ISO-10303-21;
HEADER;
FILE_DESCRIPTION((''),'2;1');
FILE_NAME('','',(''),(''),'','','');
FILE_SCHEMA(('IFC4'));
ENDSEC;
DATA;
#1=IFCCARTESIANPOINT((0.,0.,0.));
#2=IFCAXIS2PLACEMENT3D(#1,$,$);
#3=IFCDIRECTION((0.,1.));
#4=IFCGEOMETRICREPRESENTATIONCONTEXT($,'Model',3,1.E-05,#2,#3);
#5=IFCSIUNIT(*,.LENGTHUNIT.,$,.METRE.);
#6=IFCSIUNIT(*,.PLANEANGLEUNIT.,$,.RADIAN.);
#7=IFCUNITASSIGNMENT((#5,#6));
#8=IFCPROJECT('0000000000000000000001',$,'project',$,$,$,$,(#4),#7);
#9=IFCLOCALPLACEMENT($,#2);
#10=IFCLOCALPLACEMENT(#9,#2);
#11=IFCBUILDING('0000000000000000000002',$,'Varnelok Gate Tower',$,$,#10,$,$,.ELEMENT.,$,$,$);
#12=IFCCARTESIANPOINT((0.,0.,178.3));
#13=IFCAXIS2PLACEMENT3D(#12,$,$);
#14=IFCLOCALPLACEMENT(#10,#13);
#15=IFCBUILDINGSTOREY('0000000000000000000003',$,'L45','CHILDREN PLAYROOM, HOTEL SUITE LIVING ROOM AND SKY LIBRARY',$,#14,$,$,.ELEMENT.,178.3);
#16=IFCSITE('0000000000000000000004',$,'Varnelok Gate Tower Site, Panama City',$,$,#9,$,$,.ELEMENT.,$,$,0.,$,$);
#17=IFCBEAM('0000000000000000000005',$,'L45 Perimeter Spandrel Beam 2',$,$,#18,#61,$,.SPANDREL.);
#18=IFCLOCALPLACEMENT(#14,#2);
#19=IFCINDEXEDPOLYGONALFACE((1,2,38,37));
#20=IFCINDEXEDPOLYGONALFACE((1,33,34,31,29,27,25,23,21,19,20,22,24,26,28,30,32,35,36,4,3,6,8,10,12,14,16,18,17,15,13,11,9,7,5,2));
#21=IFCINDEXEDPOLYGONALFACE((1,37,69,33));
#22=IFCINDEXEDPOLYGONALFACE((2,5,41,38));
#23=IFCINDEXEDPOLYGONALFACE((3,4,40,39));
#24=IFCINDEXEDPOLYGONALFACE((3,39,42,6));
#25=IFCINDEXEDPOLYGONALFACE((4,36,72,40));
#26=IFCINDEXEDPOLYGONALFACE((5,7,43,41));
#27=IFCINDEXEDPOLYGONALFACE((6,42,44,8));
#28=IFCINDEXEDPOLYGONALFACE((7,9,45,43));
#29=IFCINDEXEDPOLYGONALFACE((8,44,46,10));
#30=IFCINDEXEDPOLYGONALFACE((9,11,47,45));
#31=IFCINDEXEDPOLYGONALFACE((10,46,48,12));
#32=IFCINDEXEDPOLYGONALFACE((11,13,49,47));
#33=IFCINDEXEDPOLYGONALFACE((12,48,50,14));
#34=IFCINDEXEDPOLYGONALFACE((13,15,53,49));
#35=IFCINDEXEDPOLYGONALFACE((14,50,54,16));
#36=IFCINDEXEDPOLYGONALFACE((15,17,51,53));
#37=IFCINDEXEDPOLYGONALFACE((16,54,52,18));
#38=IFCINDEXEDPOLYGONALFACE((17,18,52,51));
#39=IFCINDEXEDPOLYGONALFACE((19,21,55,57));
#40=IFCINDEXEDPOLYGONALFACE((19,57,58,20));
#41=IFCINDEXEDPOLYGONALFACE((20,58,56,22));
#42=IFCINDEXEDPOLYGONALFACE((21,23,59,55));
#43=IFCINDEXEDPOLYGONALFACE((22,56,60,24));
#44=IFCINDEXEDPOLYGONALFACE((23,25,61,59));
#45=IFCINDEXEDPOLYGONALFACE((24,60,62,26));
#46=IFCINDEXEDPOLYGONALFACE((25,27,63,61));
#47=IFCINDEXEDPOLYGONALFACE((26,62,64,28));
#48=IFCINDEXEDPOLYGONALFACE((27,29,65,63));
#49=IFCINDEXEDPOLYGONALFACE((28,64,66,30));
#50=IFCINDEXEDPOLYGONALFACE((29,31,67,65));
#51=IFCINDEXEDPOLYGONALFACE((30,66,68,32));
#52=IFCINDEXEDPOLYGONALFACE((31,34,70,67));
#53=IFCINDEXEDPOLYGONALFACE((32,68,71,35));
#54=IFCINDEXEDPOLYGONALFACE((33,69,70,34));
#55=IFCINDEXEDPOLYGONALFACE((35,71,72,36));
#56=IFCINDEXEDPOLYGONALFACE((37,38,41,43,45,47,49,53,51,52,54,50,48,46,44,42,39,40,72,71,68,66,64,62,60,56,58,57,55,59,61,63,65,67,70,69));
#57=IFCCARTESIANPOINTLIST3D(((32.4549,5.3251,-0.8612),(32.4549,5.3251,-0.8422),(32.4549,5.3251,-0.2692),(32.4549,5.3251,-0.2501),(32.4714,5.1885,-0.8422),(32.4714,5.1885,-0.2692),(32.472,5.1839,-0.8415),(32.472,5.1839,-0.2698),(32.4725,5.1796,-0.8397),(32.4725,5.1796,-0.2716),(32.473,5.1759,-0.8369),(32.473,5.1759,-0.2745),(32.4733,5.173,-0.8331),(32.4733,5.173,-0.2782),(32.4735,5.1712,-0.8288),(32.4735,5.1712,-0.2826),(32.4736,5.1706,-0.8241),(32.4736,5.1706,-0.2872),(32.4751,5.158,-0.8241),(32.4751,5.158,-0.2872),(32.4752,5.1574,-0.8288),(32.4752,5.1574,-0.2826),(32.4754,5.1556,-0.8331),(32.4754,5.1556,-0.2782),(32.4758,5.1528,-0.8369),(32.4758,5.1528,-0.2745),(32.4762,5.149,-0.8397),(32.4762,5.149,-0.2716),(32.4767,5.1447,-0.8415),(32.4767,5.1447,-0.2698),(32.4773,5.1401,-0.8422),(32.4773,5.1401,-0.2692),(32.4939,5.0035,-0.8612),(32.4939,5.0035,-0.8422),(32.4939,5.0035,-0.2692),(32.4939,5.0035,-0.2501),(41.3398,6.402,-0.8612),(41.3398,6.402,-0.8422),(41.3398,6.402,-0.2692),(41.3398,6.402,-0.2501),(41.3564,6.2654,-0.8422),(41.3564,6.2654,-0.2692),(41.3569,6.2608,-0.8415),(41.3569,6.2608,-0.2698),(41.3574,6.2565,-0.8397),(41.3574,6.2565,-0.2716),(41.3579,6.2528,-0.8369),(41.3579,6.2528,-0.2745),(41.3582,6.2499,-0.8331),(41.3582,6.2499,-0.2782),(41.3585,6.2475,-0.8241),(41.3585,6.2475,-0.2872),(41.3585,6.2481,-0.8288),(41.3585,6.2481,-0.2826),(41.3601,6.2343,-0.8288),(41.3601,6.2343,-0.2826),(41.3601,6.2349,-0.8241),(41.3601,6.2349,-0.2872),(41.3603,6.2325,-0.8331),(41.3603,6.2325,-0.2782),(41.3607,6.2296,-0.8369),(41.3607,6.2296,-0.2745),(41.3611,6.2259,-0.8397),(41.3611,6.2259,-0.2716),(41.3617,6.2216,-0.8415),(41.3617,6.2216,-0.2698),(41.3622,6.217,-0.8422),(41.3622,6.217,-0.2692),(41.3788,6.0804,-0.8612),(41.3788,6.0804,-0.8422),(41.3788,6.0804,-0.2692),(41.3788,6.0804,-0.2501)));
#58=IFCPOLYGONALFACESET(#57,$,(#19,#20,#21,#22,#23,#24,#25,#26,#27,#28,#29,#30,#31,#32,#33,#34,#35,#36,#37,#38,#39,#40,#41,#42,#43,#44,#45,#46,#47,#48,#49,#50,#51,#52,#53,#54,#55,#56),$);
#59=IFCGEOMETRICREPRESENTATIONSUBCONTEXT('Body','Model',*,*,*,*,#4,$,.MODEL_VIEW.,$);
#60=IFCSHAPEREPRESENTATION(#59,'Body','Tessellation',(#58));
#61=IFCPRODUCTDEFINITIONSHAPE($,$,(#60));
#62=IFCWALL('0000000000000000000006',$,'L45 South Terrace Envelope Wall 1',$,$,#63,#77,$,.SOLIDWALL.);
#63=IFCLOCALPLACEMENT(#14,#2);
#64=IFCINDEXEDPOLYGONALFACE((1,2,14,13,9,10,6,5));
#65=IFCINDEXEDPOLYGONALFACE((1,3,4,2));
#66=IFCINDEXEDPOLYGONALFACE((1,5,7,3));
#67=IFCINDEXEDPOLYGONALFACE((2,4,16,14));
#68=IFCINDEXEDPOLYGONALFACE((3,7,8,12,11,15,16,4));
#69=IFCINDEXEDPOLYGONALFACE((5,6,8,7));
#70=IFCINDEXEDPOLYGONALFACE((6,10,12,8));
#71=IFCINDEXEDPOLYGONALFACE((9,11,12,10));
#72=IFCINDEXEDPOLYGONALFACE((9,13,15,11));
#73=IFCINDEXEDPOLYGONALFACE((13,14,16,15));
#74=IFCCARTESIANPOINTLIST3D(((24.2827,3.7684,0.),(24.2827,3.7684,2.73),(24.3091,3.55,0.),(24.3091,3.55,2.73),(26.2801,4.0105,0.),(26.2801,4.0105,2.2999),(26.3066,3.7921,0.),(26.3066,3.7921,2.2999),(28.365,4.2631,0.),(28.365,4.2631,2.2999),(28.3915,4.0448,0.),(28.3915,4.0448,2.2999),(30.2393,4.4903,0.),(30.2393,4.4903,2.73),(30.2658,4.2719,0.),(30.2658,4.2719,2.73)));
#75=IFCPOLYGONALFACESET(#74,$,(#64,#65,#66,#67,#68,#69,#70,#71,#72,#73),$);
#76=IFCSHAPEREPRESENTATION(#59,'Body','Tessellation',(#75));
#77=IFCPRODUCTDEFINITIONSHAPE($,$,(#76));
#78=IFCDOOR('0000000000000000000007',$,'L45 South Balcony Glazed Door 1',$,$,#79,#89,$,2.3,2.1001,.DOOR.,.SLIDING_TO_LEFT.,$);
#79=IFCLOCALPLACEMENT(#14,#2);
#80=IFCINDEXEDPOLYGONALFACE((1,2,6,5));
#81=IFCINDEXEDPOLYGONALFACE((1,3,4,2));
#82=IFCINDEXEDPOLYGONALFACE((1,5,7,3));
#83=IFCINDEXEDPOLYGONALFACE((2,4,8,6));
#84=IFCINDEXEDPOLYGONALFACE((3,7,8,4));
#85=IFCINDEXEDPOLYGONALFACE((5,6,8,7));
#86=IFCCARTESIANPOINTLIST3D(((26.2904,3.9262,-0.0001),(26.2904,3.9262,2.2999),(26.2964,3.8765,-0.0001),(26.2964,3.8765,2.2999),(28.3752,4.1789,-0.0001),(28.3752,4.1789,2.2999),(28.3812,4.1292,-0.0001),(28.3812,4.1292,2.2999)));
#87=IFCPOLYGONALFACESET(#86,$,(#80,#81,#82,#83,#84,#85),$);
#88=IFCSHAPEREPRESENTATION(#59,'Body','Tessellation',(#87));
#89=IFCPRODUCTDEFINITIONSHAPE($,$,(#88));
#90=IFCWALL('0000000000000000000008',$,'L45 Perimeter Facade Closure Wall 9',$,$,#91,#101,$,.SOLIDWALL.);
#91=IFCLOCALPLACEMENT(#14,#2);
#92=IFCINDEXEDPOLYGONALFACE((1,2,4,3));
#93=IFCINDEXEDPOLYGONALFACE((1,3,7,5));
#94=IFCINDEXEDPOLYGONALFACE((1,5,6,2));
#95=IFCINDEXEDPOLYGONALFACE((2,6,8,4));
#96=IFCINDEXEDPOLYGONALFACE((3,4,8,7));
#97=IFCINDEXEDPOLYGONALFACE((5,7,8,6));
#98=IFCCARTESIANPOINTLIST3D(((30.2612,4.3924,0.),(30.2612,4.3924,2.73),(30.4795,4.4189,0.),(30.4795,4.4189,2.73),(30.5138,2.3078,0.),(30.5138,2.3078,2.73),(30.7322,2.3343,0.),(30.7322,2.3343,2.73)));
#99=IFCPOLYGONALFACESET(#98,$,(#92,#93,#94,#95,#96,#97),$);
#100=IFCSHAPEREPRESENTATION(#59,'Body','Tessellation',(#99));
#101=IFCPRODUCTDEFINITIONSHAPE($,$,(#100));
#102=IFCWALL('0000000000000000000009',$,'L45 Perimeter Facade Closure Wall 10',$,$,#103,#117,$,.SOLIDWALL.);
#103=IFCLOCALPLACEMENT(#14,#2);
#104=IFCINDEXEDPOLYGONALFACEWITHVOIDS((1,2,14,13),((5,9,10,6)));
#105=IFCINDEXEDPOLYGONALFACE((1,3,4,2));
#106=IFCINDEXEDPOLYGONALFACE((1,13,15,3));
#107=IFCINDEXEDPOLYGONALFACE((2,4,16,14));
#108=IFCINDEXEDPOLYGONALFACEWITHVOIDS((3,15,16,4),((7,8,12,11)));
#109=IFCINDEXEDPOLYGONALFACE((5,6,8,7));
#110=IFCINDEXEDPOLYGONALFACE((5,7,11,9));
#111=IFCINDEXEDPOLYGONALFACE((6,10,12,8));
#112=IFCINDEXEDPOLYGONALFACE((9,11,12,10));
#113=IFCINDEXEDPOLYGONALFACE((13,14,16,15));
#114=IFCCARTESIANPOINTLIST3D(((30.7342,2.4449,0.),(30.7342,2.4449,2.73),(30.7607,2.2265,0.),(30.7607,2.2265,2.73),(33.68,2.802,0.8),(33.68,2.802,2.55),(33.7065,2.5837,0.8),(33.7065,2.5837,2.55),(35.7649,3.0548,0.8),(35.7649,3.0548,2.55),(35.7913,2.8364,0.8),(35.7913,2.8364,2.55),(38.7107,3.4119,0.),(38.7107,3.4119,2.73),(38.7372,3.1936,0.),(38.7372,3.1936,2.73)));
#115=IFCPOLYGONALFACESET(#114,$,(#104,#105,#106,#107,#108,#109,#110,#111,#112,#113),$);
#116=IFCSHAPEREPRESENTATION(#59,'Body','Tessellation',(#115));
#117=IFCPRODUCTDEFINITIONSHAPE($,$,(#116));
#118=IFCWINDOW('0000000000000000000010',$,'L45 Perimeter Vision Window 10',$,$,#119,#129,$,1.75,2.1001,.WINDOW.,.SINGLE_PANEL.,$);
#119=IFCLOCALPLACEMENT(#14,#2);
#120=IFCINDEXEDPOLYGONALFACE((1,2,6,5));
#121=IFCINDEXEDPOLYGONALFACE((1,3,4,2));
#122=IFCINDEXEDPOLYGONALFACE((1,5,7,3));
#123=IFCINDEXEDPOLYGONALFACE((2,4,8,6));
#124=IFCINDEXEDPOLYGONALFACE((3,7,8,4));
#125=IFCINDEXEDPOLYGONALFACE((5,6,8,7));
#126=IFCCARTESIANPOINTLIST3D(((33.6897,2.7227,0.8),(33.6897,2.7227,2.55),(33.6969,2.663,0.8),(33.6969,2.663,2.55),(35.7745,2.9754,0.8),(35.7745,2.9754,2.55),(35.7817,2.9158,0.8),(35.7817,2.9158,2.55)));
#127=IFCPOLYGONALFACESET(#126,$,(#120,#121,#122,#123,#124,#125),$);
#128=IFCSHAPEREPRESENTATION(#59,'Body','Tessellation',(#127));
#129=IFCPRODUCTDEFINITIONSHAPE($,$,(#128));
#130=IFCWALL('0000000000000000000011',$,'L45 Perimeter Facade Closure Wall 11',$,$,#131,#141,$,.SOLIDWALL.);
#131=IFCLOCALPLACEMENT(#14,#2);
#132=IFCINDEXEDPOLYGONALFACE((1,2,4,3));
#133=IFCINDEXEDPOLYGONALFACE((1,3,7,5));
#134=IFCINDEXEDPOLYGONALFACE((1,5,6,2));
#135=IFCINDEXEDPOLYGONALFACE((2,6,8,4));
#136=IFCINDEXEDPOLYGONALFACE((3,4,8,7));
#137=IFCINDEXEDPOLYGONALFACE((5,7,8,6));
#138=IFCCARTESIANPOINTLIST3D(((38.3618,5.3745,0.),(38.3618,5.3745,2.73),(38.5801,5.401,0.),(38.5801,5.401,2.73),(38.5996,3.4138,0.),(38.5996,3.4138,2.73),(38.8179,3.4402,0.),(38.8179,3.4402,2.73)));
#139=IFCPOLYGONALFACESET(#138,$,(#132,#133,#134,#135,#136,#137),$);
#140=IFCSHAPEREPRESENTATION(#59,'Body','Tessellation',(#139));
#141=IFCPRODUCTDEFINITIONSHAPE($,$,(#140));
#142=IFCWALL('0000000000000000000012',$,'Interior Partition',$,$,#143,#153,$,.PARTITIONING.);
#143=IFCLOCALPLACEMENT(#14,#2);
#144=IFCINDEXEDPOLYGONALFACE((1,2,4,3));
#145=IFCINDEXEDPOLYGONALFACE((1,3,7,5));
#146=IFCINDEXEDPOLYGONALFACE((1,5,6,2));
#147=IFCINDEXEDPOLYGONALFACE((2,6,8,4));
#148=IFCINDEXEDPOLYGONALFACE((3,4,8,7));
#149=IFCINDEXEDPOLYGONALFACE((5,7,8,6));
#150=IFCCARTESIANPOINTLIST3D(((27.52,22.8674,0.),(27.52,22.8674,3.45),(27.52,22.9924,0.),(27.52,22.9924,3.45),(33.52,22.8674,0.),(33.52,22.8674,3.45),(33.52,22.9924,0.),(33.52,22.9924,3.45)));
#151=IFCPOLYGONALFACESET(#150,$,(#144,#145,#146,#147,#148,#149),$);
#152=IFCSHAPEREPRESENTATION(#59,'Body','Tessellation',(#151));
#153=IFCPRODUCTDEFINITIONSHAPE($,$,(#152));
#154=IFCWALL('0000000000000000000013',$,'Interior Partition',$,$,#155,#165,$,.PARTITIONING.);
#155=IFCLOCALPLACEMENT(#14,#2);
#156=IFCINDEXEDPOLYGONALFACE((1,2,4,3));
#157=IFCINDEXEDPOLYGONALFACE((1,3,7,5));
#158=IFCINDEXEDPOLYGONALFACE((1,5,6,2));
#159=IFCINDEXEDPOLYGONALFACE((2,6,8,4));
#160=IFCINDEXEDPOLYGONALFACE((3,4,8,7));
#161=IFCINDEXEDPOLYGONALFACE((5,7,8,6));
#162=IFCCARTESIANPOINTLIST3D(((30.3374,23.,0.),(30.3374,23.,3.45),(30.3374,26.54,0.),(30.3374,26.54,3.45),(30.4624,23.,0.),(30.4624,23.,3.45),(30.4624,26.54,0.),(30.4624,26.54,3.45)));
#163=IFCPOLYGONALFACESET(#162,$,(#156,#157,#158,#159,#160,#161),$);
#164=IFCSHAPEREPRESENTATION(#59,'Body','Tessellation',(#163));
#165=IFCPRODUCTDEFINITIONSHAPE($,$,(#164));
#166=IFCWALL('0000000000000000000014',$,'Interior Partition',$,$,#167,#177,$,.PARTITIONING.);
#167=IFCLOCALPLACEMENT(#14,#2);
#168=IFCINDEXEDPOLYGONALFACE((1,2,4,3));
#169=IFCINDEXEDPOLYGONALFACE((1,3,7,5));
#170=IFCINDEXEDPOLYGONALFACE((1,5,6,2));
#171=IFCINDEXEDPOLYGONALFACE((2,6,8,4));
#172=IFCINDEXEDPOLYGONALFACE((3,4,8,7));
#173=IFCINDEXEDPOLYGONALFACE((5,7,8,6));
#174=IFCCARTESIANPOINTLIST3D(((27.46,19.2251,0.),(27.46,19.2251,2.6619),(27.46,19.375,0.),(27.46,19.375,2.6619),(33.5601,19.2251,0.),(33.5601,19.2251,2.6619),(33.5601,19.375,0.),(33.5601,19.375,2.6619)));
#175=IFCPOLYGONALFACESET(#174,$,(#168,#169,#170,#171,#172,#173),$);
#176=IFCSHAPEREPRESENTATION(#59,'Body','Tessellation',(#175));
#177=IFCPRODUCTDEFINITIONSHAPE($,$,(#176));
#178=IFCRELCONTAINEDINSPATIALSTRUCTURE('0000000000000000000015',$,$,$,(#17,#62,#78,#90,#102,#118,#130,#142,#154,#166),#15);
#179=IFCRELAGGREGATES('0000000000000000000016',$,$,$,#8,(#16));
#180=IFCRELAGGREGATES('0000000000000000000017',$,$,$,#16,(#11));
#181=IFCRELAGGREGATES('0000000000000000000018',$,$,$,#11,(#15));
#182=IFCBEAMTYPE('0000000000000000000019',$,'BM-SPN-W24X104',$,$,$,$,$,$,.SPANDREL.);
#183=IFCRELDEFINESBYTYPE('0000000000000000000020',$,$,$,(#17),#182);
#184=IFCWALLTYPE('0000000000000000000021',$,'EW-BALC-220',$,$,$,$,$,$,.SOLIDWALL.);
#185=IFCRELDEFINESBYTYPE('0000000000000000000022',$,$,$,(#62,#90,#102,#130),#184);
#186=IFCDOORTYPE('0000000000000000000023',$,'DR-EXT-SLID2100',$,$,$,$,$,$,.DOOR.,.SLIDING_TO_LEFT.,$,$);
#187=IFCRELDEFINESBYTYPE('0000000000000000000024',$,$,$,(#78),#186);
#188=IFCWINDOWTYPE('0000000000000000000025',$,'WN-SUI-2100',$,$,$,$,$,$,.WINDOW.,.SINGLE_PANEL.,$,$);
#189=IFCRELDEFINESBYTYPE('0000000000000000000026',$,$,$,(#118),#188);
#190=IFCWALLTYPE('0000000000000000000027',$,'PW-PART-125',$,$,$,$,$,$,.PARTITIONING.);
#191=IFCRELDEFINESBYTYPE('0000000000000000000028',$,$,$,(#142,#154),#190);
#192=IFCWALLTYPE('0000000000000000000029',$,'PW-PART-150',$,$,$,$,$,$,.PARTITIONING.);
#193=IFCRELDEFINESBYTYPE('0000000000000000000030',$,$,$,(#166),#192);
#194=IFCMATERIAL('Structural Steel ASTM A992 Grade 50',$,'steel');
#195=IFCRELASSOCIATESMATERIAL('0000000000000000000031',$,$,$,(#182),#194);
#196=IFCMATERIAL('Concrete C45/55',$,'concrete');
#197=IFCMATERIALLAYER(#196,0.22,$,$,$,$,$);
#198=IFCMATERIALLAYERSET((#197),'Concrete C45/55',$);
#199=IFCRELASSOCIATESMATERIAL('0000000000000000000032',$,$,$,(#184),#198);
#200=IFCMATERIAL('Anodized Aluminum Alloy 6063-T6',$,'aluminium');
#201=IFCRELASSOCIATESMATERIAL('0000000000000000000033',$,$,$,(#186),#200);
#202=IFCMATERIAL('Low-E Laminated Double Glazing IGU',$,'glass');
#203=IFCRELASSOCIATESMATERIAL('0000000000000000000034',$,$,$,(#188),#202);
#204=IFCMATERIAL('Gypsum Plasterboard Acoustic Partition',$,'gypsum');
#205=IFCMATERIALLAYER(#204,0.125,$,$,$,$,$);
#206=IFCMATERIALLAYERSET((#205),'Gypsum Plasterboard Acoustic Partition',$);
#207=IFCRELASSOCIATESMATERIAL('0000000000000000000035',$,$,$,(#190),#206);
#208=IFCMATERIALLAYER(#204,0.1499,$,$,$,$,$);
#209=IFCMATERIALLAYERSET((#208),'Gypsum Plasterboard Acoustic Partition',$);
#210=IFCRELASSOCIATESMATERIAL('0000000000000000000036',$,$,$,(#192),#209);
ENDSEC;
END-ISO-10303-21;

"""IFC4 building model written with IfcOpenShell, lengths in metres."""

from ifc_helpers import new_model, si_unit, direction, frame, frame_2d, origin, origin_2d, place, context, subcontext, project, spatial, rectangle, i_section, extrude, material, layer, layer_set, material_profile, profile_set, type_object, element, fill, save


model = new_model("IFC4")

# Units and contexts
model_context = context("Model", 3, precision=1e-05, world=origin(), true_north=direction((0.0, 1.0)))
body_context = subcontext(model_context, "Body", "Model", "MODEL_VIEW")
ifc_project = project(units=[si_unit("LENGTHUNIT", "METRE"), si_unit("PLANEANGLEUNIT", "RADIAN")], contexts=[model_context])

# Site, building, storey
site_placement = place(None, origin())
site = spatial("IfcSite", under=ifc_project, at=site_placement, Name="Varnelok Gate Tower Site, Panama City", CompositionType="ELEMENT", RefElevation=0.0)
building_placement = place(site_placement, origin())
building = spatial("IfcBuilding", under=site, at=building_placement, Name="Varnelok Gate Tower", CompositionType="ELEMENT")
storey_placement = place(building_placement, frame((0.0, 0.0, 178.3)))
storey = spatial("IfcBuildingStorey", under=building, at=storey_placement, Name="L45", Description="CHILDREN PLAYROOM, HOTEL SUITE LIVING ROOM AND SKY LIBRARY", CompositionType="ELEMENT", Elevation=178.3)

# Shared definitions
ifc_material_1 = material(Name="Structural Steel ASTM A992 Grade 50", Category="steel")

# Beam
ifc_material_profile_1 = material_profile(ifc_material_1, i_section(OverallWidth=0.324, OverallDepth=0.6111, WebThickness=0.0127, FlangeThickness=0.019, FilletRadius=0.0181, at=origin_2d()), Name="W24X104")
ifc_profile_set_1 = profile_set([ifc_material_profile_1], Name="Structural Steel ASTM A992 Grade 50")
beam_type_1 = type_object("IfcBeamType", Name="BM-SPN-W24X104", PredefinedType="SPANDREL", material=ifc_profile_set_1)
beam_1_placement = place(storey_placement, frame((32.4744, 5.1643, -0.5557), z_axis=(0.992735, 0.120324, 0.0), x_axis=(-0.120324, 0.992735, 0.0)))
element("IfcBeam", 1, at=beam_1_placement, inside=storey, type_object=beam_type_1, Name="L45 Perimeter Spandrel Beam 2", PredefinedType="SPANDREL", context=body_context, shape_type="SweptSolid", body=[
    extrude(i_section(OverallWidth=0.324, OverallDepth=0.6111, WebThickness=0.0127, FlangeThickness=0.019, FilletRadius=0.0181, at=origin_2d()), origin(), (0.0, 0.0, 1.0), 8.95),
])

# Wall, opening, door
ifc_material_2 = material(Name="Concrete C45/55", Category="concrete")
ifc_layer_1 = layer(ifc_material_2, 0.22)
ifc_layer_set_1 = layer_set([ifc_layer_1], Name="Concrete C45/55")
wall_type_1 = type_object("IfcWallType", Name="EW-BALC-220", PredefinedType="SOLIDWALL", material=ifc_layer_set_1)
wall_1_placement = place(storey_placement, frame((30.2524, 4.3811, 0.0), z_axis=(0.0, 0.0, 1.0), x_axis=(-0.992735, -0.120318, 0.0)))
wall_1 = element("IfcWall", 2, at=wall_1_placement, inside=storey, type_object=wall_type_1, Name="L45 South Terrace Envelope Wall 1", PredefinedType="SOLIDWALL", context=body_context, shape_type="SweptSolid", body=[
    extrude(rectangle(XDim=6.0002, YDim=0.22, at=frame_2d((3.0, 0.0))), origin(), (0.0, 0.0, 1.0), 2.73),
])
opening_1_placement = place(wall_1_placement, frame((1.8879, 0.0, 0.0)))
opening_1 = element("IfcOpeningElement", 3, at=opening_1_placement, cuts=wall_1, PredefinedType="OPENING", context=body_context, shape_type="SweptSolid", body=[
    extrude(rectangle(XDim=2.1001, YDim=2.3, at=frame_2d((1.05, 1.1499))), frame((0.0, 0.1199, 0.0), z_axis=(0.0, -1.0, 0.0), x_axis=(1.0, 0.0, 0.0)), (0.0, 0.0, 1.0), 0.24),
])
ifc_material_3 = material(Name="Anodized Aluminum Alloy 6063-T6", Category="aluminium")
door_type_1 = type_object("IfcDoorType", Name="DR-EXT-SLID2100", OperationType="SLIDING_TO_LEFT", PredefinedType="DOOR", material=ifc_material_3)
door_1_placement = place(opening_1_placement, origin())
door_1 = element("IfcDoor", 4, at=door_1_placement, inside=storey, type_object=door_type_1, Name="L45 South Balcony Glazed Door 1", OperationType="SLIDING_TO_LEFT", OverallHeight=2.3, OverallWidth=2.1001, PredefinedType="DOOR", context=body_context, shape_type="SweptSolid", body=[
    extrude(rectangle(XDim=2.1001, YDim=2.3, at=frame_2d((1.05, 1.1499))), frame((0.0, 0.0249, 0.0), z_axis=(0.0, -1.0, 0.0), x_axis=(1.0, 0.0, 0.0)), (0.0, 0.0, 1.0), 0.05),
])
fill(opening_1, door_1)

# Wall
wall_2_placement = place(storey_placement, frame((30.3704, 4.4055, 0.0), z_axis=(0.0, 0.0, 1.0), x_axis=(0.120328, -0.992734, 0.0)))
element("IfcWall", 5, at=wall_2_placement, inside=storey, type_object=wall_type_1, Name="L45 Perimeter Facade Closure Wall 9", PredefinedType="SOLIDWALL", context=body_context, shape_type="SweptSolid", body=[
    extrude(rectangle(XDim=2.0999, YDim=0.22, at=frame_2d((1.0498, 0.0))), origin(), (0.0, 0.0, 1.0), 2.73),
])

# Wall, opening, window
wall_3_placement = place(storey_placement, frame((30.7473, 2.3357, 0.0), z_axis=(0.0, 0.0, 1.0), x_axis=(0.992731, 0.120354, 0.0)))
wall_3 = element("IfcWall", 6, at=wall_3_placement, inside=storey, type_object=wall_type_1, Name="L45 Perimeter Facade Closure Wall 10", PredefinedType="SOLIDWALL", context=body_context, shape_type="SweptSolid", body=[
    extrude(rectangle(XDim=8.0349, YDim=0.22, at=frame_2d((4.0176, 0.0))), origin(), (0.0, 0.0, 1.0), 2.73),
])
opening_2_placement = place(wall_3_placement, frame((2.9675, 0.0, 0.8)))
opening_2 = element("IfcOpeningElement", 7, at=opening_2_placement, cuts=wall_3, PredefinedType="OPENING", context=body_context, shape_type="SweptSolid", body=[
    extrude(rectangle(XDim=2.1001, YDim=1.75, at=frame_2d((1.05, 0.875))), frame((0.0, 0.1199, 0.0), z_axis=(0.0, -1.0, 0.0), x_axis=(1.0, 0.0, 0.0)), (0.0, 0.0, 1.0), 0.24),
])
ifc_material_4 = material(Name="Low-E Laminated Double Glazing IGU", Category="glass")
window_type = type_object("IfcWindowType", Name="WN-SUI-2100", PartitioningType="SINGLE_PANEL", PredefinedType="WINDOW", material=ifc_material_4)
window_placement = place(opening_2_placement, origin())
window = element("IfcWindow", 8, at=window_placement, inside=storey, type_object=window_type, Name="L45 Perimeter Vision Window 10", OverallHeight=1.75, OverallWidth=2.1001, PartitioningType="SINGLE_PANEL", PredefinedType="WINDOW", context=body_context, shape_type="SweptSolid", body=[
    extrude(rectangle(XDim=2.1001, YDim=1.75, at=frame_2d((1.05, 0.875))), frame((0.0, 0.03, 0.0), z_axis=(0.0, -1.0, 0.0), x_axis=(1.0, 0.0, 0.0)), (0.0, 0.0, 1.0), 0.0601),
])
fill(opening_2, window)

# Walls
wall_4_placement = place(storey_placement, frame((38.7087, 3.427, 0.0), z_axis=(0.0, 0.0, 1.0), x_axis=(-0.120398, 0.992726, 0.0)))
element("IfcWall", 9, at=wall_4_placement, inside=storey, type_object=wall_type_1, Name="L45 Perimeter Facade Closure Wall 11", PredefinedType="SOLIDWALL", context=body_context, shape_type="SweptSolid", body=[
    extrude(rectangle(XDim=1.9751, YDim=0.22, at=frame_2d((0.9875, 0.0))), origin(), (0.0, 0.0, 1.0), 2.73),
])
ifc_material_5 = material(Name="Gypsum Plasterboard Acoustic Partition", Category="gypsum")
ifc_layer_2 = layer(ifc_material_5, 0.125)
ifc_layer_set_2 = layer_set([ifc_layer_2], Name="Gypsum Plasterboard Acoustic Partition")
wall_type_2 = type_object("IfcWallType", Name="PW-PART-125", PredefinedType="PARTITIONING", material=ifc_layer_set_2)
wall_5_placement = place(storey_placement, frame((27.52, 22.9299, 0.0), z_axis=(0.0, 0.0, 1.0), x_axis=(1.0, 0.0, 0.0)))
element("IfcWall", 10, at=wall_5_placement, inside=storey, type_object=wall_type_2, Name="Interior Partition", PredefinedType="PARTITIONING", context=body_context, shape_type="SweptSolid", body=[
    extrude(rectangle(XDim=6.0, YDim=0.125, at=frame_2d((3.0, 0.0))), origin(), (0.0, 0.0, 1.0), 3.45),
])
wall_6_placement = place(storey_placement, frame((30.3999, 23.0, 0.0), z_axis=(0.0, 0.0, 1.0), x_axis=(0.0, 1.0, 0.0)))
element("IfcWall", 11, at=wall_6_placement, inside=storey, type_object=wall_type_2, Name="Interior Partition", PredefinedType="PARTITIONING", context=body_context, shape_type="SweptSolid", body=[
    extrude(rectangle(XDim=3.54, YDim=0.125, at=frame_2d((1.77, 0.0))), origin(), (0.0, 0.0, 1.0), 3.45),
])
ifc_layer_3 = layer(ifc_material_5, 0.1499)
ifc_layer_set_3 = layer_set([ifc_layer_3], Name="Gypsum Plasterboard Acoustic Partition")
wall_type_3 = type_object("IfcWallType", Name="PW-PART-150", PredefinedType="PARTITIONING", material=ifc_layer_set_3)
wall_7_placement = place(storey_placement, frame((27.46, 19.3, 0.0), z_axis=(0.0, 0.0, 1.0), x_axis=(1.0, 0.0, 0.0)))
element("IfcWall", 12, at=wall_7_placement, inside=storey, type_object=wall_type_3, Name="Interior Partition", PredefinedType="PARTITIONING", context=body_context, shape_type="SweptSolid", body=[
    extrude(rectangle(XDim=6.1001, YDim=0.1499, at=frame_2d((3.05, 0.0))), origin(), (0.0, 0.0, 1.0), 2.6619),
])

save(model, "model.ifc")
